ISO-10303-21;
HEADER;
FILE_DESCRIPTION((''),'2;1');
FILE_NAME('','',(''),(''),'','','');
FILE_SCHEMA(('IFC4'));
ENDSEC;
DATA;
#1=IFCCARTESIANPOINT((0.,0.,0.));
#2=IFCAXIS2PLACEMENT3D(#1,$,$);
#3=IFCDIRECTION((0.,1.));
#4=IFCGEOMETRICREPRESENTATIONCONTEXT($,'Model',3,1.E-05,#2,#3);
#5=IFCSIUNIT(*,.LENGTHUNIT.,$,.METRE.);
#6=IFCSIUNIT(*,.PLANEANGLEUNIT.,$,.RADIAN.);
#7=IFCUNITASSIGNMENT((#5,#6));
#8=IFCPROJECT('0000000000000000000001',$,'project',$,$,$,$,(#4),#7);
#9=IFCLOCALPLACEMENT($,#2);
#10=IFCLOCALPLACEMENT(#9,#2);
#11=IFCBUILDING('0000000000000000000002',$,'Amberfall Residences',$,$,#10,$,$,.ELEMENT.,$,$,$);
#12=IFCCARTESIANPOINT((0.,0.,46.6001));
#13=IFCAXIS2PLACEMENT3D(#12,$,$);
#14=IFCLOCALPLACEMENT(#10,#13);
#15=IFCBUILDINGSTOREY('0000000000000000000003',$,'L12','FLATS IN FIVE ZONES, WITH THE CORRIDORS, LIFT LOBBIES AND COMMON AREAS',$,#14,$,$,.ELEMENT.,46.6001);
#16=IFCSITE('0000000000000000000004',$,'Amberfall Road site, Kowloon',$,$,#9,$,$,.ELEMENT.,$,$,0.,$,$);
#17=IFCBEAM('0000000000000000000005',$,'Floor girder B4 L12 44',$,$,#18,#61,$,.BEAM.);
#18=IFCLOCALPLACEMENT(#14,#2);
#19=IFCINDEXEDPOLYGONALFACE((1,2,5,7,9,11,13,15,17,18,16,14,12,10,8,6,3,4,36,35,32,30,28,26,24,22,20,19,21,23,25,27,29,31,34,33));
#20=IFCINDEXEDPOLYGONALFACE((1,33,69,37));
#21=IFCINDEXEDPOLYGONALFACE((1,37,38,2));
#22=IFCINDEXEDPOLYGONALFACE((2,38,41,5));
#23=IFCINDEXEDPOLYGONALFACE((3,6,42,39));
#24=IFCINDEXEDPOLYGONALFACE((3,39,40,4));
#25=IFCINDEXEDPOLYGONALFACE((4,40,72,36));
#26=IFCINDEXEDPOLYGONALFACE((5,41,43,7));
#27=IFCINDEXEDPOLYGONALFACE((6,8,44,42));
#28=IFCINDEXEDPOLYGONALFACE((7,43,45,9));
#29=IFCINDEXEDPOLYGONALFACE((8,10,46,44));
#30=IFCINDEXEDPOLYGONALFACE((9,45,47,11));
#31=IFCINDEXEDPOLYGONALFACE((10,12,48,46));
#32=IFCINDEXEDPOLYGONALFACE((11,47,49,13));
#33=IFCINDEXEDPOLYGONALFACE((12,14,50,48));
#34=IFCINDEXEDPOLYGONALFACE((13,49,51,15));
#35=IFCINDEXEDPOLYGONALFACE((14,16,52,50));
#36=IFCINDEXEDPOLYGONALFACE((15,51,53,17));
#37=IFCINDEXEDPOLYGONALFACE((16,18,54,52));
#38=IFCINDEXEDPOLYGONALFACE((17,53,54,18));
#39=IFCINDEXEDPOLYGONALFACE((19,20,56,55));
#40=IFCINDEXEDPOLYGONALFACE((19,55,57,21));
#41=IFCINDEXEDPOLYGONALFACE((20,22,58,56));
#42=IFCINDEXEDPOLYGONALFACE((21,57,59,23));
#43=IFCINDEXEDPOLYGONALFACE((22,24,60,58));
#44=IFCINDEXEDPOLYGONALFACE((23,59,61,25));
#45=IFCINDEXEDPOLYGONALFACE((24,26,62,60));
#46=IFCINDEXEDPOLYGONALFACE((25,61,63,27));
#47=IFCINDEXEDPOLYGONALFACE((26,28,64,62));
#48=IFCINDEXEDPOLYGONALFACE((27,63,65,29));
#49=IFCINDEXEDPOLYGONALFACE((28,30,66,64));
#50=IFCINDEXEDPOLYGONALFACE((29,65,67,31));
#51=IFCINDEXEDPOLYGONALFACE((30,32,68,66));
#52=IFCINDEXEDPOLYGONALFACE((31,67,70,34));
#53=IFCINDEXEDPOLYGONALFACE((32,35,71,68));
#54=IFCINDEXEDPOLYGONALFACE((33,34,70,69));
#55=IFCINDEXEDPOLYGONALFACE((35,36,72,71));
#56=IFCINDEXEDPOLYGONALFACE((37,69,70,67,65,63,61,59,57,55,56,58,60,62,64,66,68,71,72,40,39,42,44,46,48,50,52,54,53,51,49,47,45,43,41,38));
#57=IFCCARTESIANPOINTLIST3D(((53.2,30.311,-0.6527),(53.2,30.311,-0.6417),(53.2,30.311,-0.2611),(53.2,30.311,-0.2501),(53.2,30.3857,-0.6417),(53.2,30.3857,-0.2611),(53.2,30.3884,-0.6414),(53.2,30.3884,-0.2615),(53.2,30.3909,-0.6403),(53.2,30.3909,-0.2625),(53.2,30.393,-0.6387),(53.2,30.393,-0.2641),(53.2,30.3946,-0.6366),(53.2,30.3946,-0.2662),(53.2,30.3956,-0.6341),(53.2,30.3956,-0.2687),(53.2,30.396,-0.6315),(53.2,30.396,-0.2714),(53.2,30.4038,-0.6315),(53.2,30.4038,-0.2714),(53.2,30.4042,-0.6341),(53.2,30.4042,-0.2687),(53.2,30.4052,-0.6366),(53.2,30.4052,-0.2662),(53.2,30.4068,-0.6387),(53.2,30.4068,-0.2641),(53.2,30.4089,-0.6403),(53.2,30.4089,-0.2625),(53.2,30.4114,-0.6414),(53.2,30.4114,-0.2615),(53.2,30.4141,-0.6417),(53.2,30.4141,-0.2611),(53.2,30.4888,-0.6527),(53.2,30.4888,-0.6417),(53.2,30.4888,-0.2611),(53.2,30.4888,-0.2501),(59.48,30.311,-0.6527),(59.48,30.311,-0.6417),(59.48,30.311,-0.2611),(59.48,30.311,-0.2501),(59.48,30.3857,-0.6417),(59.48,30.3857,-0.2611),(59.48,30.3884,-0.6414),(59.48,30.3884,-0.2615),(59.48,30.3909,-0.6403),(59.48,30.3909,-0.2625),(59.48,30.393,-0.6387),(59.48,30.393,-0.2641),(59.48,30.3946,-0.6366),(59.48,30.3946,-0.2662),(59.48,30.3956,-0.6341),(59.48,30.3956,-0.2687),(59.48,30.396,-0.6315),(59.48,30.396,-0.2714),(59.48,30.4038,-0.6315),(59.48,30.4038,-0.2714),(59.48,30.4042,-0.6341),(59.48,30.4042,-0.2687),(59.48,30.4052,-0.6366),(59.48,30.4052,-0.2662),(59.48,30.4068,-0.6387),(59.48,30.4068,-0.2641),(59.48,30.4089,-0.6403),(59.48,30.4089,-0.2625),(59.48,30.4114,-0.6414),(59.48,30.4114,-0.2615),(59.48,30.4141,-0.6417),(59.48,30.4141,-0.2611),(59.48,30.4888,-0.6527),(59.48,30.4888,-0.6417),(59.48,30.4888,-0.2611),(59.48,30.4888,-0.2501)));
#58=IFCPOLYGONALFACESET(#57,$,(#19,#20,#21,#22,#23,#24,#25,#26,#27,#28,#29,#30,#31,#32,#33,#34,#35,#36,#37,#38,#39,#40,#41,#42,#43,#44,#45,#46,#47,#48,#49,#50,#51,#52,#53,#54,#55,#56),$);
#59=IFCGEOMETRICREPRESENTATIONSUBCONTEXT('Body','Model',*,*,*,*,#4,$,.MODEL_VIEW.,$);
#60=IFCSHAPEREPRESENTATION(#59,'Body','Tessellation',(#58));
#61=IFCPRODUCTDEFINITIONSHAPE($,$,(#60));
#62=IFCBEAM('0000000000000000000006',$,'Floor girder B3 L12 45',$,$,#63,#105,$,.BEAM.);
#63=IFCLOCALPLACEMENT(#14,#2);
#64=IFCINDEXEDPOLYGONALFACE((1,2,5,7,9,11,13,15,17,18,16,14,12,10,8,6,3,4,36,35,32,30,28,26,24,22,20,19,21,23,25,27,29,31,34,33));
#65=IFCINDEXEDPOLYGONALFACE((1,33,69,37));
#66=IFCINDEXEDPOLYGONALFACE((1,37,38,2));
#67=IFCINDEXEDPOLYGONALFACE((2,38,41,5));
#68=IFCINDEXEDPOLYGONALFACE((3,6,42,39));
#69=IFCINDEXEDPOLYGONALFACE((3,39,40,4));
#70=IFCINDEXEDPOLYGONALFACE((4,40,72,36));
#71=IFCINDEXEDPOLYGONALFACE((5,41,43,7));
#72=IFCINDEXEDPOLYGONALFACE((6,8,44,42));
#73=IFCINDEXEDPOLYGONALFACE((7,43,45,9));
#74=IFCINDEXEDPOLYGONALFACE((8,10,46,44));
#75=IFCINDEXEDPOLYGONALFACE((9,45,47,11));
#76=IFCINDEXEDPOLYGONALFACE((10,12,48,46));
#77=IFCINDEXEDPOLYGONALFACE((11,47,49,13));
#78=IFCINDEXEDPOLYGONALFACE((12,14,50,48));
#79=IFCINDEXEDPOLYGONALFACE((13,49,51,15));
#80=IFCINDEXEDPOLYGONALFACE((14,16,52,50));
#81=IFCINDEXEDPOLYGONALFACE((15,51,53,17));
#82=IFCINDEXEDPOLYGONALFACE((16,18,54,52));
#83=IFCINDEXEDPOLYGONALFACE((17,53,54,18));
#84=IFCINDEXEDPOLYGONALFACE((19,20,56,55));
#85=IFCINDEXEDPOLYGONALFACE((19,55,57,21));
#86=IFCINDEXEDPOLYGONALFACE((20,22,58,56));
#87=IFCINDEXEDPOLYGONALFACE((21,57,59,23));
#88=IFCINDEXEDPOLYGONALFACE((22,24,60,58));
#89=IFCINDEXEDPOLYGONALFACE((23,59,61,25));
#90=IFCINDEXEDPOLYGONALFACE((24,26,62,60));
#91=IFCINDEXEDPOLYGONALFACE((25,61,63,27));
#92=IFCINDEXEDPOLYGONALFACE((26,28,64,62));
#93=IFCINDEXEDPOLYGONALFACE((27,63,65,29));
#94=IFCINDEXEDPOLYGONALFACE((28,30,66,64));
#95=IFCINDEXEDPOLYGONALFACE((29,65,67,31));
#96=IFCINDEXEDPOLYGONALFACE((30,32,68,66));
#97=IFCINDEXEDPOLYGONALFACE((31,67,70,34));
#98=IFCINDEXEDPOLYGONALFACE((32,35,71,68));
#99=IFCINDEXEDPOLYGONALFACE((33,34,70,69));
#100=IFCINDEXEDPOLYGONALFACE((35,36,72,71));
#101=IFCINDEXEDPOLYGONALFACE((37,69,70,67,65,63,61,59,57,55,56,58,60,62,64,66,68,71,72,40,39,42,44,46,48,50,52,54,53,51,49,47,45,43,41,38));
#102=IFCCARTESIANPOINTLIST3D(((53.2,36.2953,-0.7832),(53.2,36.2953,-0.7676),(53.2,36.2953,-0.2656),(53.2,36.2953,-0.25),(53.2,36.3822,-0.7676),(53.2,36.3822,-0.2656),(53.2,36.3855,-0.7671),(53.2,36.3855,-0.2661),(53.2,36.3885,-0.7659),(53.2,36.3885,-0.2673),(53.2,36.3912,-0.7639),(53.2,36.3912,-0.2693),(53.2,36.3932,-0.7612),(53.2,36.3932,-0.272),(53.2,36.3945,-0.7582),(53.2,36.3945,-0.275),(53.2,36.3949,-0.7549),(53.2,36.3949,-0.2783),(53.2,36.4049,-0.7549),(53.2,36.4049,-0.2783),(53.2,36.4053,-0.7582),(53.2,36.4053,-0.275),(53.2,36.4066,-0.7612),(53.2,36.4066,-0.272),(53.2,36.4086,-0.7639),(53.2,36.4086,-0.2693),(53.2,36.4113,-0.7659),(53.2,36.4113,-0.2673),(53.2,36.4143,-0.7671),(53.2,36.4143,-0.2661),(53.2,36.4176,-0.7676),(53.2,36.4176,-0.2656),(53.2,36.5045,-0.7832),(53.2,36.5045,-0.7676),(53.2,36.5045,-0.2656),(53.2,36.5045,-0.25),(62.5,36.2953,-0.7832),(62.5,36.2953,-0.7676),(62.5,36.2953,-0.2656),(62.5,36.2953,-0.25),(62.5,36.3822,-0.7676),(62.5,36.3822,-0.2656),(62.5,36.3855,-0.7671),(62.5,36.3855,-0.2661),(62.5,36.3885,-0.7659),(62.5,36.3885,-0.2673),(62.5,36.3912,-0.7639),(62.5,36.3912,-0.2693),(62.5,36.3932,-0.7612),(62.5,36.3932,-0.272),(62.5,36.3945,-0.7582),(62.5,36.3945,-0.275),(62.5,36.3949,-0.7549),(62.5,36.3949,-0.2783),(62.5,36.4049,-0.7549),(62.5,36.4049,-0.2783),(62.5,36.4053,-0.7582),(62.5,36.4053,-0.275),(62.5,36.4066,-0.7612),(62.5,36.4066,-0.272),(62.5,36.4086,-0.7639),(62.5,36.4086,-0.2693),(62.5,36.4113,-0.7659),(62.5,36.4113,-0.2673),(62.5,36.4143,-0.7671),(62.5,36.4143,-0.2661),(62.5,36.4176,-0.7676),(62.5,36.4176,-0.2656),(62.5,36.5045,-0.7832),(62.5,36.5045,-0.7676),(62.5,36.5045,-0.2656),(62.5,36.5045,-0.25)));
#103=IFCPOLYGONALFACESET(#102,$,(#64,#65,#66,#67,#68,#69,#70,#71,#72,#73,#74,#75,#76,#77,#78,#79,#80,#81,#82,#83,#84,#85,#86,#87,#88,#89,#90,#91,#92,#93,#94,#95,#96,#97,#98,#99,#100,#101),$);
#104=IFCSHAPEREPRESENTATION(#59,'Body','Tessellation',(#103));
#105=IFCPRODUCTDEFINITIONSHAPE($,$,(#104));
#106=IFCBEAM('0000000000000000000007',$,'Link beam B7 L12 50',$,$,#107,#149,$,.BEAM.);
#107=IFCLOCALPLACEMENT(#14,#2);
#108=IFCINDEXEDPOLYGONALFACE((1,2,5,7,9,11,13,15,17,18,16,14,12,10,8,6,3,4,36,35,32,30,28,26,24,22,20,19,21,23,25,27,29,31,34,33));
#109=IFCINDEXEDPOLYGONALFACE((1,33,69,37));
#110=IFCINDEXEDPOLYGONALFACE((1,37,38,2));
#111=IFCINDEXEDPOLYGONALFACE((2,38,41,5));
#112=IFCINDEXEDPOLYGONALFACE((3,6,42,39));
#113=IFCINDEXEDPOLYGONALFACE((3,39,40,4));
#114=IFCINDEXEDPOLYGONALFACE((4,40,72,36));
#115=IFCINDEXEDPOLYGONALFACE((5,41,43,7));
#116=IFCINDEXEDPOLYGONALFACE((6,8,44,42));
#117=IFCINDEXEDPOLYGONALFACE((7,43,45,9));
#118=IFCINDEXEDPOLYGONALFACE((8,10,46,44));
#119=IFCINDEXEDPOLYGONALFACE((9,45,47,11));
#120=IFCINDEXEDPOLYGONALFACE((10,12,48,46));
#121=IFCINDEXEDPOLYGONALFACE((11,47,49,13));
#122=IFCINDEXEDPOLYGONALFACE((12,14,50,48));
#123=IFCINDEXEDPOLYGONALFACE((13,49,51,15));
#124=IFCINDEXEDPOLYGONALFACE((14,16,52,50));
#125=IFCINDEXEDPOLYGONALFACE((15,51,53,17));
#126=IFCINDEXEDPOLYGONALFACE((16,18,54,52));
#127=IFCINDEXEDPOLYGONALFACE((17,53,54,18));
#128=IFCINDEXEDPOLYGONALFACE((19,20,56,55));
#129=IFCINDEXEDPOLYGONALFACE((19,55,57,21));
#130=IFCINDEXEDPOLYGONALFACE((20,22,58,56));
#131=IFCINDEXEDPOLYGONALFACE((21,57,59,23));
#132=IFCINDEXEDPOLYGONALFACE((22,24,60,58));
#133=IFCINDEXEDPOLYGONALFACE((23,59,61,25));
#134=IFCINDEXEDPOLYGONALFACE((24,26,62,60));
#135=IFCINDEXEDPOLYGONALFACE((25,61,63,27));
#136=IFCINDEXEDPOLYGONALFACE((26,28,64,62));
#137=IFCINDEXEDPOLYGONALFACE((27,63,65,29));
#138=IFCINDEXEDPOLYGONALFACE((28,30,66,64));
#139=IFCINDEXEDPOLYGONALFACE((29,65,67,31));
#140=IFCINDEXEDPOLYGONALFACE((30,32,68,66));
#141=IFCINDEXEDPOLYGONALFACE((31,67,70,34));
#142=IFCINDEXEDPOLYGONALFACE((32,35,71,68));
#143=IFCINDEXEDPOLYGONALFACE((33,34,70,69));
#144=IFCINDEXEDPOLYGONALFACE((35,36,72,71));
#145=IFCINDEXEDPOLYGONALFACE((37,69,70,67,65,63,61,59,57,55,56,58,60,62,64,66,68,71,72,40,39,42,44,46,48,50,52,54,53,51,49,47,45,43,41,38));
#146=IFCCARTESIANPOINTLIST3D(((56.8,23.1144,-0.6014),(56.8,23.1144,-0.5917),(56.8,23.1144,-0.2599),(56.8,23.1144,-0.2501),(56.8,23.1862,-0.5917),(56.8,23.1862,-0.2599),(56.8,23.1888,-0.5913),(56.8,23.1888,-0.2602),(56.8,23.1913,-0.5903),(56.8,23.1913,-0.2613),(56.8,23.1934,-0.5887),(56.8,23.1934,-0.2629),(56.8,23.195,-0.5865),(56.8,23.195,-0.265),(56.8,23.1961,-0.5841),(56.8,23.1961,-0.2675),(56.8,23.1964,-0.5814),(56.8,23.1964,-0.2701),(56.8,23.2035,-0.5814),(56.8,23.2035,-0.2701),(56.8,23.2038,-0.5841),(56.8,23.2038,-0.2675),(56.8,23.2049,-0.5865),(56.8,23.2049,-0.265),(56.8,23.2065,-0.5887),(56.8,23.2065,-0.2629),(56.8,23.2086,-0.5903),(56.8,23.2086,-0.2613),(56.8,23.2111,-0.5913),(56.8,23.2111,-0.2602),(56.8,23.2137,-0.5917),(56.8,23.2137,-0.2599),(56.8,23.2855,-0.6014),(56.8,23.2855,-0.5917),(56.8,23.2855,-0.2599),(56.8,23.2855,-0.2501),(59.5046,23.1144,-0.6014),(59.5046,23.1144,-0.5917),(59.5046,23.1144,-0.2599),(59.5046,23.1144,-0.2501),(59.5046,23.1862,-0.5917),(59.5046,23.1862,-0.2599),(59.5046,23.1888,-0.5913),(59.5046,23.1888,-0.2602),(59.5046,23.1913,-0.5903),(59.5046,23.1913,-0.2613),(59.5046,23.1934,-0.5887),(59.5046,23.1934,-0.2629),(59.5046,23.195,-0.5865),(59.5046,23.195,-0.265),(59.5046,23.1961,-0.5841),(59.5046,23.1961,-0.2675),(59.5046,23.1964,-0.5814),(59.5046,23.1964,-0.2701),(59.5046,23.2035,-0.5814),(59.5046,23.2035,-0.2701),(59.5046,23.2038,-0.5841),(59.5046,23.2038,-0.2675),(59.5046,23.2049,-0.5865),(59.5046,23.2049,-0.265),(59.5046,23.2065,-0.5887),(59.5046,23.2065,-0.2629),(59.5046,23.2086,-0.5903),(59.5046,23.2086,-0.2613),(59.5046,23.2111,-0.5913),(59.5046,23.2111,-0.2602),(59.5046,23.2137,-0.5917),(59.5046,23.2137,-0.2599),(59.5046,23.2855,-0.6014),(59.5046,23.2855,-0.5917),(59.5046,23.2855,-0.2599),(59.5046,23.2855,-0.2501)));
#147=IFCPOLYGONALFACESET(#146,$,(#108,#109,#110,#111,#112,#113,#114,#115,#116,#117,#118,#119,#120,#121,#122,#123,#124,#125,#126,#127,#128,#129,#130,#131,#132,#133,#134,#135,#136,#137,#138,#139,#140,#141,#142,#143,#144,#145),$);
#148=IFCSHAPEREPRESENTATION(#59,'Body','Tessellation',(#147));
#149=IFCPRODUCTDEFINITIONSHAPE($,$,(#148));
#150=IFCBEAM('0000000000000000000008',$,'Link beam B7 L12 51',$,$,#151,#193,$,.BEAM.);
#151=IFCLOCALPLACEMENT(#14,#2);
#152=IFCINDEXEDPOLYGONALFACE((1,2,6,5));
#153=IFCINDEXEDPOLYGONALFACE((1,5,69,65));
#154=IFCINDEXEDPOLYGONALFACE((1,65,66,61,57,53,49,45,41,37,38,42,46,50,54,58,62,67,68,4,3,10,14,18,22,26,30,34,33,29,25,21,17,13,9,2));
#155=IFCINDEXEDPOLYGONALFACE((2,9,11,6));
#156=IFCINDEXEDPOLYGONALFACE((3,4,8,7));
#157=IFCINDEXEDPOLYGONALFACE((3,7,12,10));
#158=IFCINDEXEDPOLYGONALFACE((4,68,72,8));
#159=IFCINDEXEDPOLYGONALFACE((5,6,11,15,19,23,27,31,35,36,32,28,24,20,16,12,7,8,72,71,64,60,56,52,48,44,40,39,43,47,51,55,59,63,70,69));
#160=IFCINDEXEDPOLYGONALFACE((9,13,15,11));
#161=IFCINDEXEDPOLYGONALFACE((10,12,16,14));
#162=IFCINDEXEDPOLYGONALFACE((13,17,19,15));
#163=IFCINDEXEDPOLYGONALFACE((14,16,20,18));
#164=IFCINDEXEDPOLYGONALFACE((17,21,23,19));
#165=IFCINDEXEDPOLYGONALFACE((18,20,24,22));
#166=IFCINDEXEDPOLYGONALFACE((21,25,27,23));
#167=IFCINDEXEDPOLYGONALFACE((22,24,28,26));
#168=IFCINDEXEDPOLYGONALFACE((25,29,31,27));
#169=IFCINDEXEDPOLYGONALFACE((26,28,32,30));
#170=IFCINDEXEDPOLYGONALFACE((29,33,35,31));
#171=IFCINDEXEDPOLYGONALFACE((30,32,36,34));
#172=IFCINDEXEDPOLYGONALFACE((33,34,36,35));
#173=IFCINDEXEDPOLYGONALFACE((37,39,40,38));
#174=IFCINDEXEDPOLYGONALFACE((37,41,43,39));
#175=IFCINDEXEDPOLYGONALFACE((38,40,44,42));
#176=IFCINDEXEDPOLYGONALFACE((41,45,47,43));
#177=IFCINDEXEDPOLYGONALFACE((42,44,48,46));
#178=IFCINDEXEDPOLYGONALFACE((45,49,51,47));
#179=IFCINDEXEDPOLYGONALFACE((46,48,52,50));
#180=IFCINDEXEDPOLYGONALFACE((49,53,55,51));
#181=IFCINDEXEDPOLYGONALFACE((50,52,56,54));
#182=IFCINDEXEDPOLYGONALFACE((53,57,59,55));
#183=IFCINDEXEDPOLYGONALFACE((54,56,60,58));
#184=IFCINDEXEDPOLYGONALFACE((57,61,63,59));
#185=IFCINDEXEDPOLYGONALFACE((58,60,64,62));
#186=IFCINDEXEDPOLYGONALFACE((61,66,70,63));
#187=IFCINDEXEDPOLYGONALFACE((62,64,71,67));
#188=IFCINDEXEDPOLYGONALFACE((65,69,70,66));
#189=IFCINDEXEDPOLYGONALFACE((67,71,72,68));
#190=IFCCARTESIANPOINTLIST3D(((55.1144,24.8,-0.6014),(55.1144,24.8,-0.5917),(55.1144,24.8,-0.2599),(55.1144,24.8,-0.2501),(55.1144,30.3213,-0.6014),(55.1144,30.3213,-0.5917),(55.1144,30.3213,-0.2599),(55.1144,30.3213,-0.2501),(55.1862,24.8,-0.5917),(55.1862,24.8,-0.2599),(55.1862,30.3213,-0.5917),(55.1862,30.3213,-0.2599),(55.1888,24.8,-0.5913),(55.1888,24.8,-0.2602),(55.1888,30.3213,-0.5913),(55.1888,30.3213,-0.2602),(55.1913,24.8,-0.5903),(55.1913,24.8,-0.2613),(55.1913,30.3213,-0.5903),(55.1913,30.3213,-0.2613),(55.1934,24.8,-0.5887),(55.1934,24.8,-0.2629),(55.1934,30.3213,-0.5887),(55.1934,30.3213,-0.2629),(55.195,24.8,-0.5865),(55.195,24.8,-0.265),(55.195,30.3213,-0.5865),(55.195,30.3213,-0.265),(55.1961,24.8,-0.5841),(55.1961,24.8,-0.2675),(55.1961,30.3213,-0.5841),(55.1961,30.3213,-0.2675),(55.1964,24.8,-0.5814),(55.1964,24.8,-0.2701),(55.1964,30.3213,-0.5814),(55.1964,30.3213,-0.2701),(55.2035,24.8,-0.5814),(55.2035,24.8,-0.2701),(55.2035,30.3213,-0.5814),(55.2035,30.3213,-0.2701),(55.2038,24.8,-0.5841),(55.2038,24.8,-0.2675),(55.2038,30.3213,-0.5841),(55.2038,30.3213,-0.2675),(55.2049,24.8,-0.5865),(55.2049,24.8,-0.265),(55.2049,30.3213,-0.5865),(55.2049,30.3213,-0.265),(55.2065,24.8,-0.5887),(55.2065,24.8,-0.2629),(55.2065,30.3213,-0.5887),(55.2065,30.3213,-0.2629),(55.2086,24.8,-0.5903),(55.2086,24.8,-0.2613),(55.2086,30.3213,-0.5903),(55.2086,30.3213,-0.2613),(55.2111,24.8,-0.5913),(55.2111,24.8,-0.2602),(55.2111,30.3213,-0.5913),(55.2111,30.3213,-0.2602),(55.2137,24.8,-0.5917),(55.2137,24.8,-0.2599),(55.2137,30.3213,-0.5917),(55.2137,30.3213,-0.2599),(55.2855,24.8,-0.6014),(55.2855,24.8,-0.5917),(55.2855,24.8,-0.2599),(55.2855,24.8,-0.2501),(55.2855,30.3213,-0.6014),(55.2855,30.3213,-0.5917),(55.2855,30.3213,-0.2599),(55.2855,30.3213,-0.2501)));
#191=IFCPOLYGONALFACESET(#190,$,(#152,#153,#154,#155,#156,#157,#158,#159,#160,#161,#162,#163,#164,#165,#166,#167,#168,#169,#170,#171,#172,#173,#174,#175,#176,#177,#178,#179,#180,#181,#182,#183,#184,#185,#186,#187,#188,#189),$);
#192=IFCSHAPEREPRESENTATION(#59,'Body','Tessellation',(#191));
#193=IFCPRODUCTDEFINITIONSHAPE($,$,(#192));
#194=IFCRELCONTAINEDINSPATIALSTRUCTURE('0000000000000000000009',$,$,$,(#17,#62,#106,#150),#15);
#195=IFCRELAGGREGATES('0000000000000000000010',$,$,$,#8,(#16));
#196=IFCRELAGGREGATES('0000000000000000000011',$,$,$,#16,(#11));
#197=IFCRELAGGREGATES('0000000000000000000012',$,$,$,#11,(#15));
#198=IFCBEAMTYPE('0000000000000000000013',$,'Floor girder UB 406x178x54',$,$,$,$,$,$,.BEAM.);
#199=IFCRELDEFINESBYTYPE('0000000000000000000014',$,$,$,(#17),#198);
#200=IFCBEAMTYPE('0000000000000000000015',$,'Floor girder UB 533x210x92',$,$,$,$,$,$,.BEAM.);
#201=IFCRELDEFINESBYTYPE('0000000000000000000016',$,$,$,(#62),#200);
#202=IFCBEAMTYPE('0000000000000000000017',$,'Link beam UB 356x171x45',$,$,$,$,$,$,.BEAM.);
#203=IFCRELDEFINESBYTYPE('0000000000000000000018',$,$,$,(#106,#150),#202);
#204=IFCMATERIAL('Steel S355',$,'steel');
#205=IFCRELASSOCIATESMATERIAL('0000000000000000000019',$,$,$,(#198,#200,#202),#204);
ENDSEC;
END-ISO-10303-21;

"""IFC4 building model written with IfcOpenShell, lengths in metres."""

from ifc_helpers import new_model, si_unit, direction, frame, origin, origin_2d, place, context, subcontext, project, spatial, i_section, extrude, material, material_profile, profile_set, type_object, element, save


model = new_model("IFC4")

# Units and contexts
model_context = context("Model", 3, precision=1e-05, world=origin(), true_north=direction((0.0, 1.0)))
body_context = subcontext(model_context, "Body", "Model", "MODEL_VIEW")
ifc_project = project(units=[si_unit("LENGTHUNIT", "METRE"), si_unit("PLANEANGLEUNIT", "RADIAN")], contexts=[model_context])

# Site, building, storey
site_placement = place(None, origin())
site = spatial("IfcSite", under=ifc_project, at=site_placement, Name="Amberfall Road site, Kowloon", CompositionType="ELEMENT", RefElevation=0.0)
building_placement = place(site_placement, origin())
building = spatial("IfcBuilding", under=site, at=building_placement, Name="Amberfall Residences", CompositionType="ELEMENT")
storey_placement = place(building_placement, frame((0.0, 0.0, 46.6001)))
storey = spatial("IfcBuildingStorey", under=building, at=storey_placement, Name="L12", Description="FLATS IN FIVE ZONES, WITH THE CORRIDORS, LIFT LOBBIES AND COMMON AREAS", CompositionType="ELEMENT", Elevation=46.6001)

# Beams
ifc_material_1 = material(Name="Steel S355", Category="steel")
ifc_material_profile_1 = material_profile(ifc_material_1, i_section(OverallWidth=0.1777, OverallDepth=0.4026, WebThickness=0.0078, FlangeThickness=0.011, FilletRadius=0.0103, at=origin_2d()), Name="UB 406x178x54")
ifc_profile_set_1 = profile_set([ifc_material_profile_1], Name="Steel S355")
beam_type_1 = type_object("IfcBeamType", Name="Floor girder UB 406x178x54", PredefinedType="BEAM", material=ifc_profile_set_1)
beam_1_placement = place(storey_placement, frame((53.2, 30.3999, -0.4514), z_axis=(1.0, 0.0, 0.0), x_axis=(0.0, 1.0, 0.0)))
element("IfcBeam", 1, at=beam_1_placement, inside=storey, type_object=beam_type_1, Name="Floor girder B4 L12 44", PredefinedType="BEAM", context=body_context, shape_type="SweptSolid", body=[
    extrude(i_section(OverallWidth=0.1777, OverallDepth=0.4026, WebThickness=0.0078, FlangeThickness=0.011, FilletRadius=0.0103, at=origin_2d()), origin(), (0.0, 0.0, 1.0), 6.28),
])
ifc_material_profile_2 = material_profile(ifc_material_1, i_section(OverallWidth=0.2092, OverallDepth=0.5332, WebThickness=0.01, FlangeThickness=0.0156, FilletRadius=0.0127, at=origin_2d()), Name="UB 533x210x92")
ifc_profile_set_2 = profile_set([ifc_material_profile_2], Name="Steel S355")
beam_type_2 = type_object("IfcBeamType", Name="Floor girder UB 533x210x92", PredefinedType="BEAM", material=ifc_profile_set_2)
beam_2_placement = place(storey_placement, frame((53.2, 36.3999, -0.5166), z_axis=(1.0, 0.0, 0.0), x_axis=(0.0, 1.0, 0.0)))
element("IfcBeam", 2, at=beam_2_placement, inside=storey, type_object=beam_type_2, Name="Floor girder B3 L12 45", PredefinedType="BEAM", context=body_context, shape_type="SweptSolid", body=[
    extrude(i_section(OverallWidth=0.2092, OverallDepth=0.5332, WebThickness=0.01, FlangeThickness=0.0156, FilletRadius=0.0127, at=origin_2d()), origin(), (0.0, 0.0, 1.0), 9.3),
])
ifc_material_profile_3 = material_profile(ifc_material_1, i_section(OverallWidth=0.1711, OverallDepth=0.3513, WebThickness=0.0071, FlangeThickness=0.0098, FilletRadius=0.0103, at=origin_2d()), Name="UB 356x171x45")
ifc_profile_set_3 = profile_set([ifc_material_profile_3], Name="Steel S355")
beam_type_3 = type_object("IfcBeamType", Name="Link beam UB 356x171x45", PredefinedType="BEAM", material=ifc_profile_set_3)
beam_3_placement = place(storey_placement, frame((56.8, 23.2, -0.4258), z_axis=(1.0, 0.0, 0.0), x_axis=(0.0, 1.0, 0.0)))
element("IfcBeam", 3, at=beam_3_placement, inside=storey, type_object=beam_type_3, Name="Link beam B7 L12 50", PredefinedType="BEAM", context=body_context, shape_type="SweptSolid", body=[
    extrude(i_section(OverallWidth=0.1711, OverallDepth=0.3513, WebThickness=0.0071, FlangeThickness=0.0098, FilletRadius=0.0103, at=origin_2d()), origin(), (0.0, 0.0, 1.0), 2.7046),
])
beam_4_placement = place(storey_placement, frame((55.2, 24.8, -0.4258), z_axis=(0.0, 1.0, 0.0), x_axis=(-1.0, 0.0, 0.0)))
element("IfcBeam", 4, at=beam_4_placement, inside=storey, type_object=beam_type_3, Name="Link beam B7 L12 51", PredefinedType="BEAM", context=body_context, shape_type="SweptSolid", body=[
    extrude(i_section(OverallWidth=0.1711, OverallDepth=0.3513, WebThickness=0.0071, FlangeThickness=0.0098, FilletRadius=0.0103, at=origin_2d()), origin(), (0.0, 0.0, 1.0), 5.5212),
])

save(model, "model.ifc")
